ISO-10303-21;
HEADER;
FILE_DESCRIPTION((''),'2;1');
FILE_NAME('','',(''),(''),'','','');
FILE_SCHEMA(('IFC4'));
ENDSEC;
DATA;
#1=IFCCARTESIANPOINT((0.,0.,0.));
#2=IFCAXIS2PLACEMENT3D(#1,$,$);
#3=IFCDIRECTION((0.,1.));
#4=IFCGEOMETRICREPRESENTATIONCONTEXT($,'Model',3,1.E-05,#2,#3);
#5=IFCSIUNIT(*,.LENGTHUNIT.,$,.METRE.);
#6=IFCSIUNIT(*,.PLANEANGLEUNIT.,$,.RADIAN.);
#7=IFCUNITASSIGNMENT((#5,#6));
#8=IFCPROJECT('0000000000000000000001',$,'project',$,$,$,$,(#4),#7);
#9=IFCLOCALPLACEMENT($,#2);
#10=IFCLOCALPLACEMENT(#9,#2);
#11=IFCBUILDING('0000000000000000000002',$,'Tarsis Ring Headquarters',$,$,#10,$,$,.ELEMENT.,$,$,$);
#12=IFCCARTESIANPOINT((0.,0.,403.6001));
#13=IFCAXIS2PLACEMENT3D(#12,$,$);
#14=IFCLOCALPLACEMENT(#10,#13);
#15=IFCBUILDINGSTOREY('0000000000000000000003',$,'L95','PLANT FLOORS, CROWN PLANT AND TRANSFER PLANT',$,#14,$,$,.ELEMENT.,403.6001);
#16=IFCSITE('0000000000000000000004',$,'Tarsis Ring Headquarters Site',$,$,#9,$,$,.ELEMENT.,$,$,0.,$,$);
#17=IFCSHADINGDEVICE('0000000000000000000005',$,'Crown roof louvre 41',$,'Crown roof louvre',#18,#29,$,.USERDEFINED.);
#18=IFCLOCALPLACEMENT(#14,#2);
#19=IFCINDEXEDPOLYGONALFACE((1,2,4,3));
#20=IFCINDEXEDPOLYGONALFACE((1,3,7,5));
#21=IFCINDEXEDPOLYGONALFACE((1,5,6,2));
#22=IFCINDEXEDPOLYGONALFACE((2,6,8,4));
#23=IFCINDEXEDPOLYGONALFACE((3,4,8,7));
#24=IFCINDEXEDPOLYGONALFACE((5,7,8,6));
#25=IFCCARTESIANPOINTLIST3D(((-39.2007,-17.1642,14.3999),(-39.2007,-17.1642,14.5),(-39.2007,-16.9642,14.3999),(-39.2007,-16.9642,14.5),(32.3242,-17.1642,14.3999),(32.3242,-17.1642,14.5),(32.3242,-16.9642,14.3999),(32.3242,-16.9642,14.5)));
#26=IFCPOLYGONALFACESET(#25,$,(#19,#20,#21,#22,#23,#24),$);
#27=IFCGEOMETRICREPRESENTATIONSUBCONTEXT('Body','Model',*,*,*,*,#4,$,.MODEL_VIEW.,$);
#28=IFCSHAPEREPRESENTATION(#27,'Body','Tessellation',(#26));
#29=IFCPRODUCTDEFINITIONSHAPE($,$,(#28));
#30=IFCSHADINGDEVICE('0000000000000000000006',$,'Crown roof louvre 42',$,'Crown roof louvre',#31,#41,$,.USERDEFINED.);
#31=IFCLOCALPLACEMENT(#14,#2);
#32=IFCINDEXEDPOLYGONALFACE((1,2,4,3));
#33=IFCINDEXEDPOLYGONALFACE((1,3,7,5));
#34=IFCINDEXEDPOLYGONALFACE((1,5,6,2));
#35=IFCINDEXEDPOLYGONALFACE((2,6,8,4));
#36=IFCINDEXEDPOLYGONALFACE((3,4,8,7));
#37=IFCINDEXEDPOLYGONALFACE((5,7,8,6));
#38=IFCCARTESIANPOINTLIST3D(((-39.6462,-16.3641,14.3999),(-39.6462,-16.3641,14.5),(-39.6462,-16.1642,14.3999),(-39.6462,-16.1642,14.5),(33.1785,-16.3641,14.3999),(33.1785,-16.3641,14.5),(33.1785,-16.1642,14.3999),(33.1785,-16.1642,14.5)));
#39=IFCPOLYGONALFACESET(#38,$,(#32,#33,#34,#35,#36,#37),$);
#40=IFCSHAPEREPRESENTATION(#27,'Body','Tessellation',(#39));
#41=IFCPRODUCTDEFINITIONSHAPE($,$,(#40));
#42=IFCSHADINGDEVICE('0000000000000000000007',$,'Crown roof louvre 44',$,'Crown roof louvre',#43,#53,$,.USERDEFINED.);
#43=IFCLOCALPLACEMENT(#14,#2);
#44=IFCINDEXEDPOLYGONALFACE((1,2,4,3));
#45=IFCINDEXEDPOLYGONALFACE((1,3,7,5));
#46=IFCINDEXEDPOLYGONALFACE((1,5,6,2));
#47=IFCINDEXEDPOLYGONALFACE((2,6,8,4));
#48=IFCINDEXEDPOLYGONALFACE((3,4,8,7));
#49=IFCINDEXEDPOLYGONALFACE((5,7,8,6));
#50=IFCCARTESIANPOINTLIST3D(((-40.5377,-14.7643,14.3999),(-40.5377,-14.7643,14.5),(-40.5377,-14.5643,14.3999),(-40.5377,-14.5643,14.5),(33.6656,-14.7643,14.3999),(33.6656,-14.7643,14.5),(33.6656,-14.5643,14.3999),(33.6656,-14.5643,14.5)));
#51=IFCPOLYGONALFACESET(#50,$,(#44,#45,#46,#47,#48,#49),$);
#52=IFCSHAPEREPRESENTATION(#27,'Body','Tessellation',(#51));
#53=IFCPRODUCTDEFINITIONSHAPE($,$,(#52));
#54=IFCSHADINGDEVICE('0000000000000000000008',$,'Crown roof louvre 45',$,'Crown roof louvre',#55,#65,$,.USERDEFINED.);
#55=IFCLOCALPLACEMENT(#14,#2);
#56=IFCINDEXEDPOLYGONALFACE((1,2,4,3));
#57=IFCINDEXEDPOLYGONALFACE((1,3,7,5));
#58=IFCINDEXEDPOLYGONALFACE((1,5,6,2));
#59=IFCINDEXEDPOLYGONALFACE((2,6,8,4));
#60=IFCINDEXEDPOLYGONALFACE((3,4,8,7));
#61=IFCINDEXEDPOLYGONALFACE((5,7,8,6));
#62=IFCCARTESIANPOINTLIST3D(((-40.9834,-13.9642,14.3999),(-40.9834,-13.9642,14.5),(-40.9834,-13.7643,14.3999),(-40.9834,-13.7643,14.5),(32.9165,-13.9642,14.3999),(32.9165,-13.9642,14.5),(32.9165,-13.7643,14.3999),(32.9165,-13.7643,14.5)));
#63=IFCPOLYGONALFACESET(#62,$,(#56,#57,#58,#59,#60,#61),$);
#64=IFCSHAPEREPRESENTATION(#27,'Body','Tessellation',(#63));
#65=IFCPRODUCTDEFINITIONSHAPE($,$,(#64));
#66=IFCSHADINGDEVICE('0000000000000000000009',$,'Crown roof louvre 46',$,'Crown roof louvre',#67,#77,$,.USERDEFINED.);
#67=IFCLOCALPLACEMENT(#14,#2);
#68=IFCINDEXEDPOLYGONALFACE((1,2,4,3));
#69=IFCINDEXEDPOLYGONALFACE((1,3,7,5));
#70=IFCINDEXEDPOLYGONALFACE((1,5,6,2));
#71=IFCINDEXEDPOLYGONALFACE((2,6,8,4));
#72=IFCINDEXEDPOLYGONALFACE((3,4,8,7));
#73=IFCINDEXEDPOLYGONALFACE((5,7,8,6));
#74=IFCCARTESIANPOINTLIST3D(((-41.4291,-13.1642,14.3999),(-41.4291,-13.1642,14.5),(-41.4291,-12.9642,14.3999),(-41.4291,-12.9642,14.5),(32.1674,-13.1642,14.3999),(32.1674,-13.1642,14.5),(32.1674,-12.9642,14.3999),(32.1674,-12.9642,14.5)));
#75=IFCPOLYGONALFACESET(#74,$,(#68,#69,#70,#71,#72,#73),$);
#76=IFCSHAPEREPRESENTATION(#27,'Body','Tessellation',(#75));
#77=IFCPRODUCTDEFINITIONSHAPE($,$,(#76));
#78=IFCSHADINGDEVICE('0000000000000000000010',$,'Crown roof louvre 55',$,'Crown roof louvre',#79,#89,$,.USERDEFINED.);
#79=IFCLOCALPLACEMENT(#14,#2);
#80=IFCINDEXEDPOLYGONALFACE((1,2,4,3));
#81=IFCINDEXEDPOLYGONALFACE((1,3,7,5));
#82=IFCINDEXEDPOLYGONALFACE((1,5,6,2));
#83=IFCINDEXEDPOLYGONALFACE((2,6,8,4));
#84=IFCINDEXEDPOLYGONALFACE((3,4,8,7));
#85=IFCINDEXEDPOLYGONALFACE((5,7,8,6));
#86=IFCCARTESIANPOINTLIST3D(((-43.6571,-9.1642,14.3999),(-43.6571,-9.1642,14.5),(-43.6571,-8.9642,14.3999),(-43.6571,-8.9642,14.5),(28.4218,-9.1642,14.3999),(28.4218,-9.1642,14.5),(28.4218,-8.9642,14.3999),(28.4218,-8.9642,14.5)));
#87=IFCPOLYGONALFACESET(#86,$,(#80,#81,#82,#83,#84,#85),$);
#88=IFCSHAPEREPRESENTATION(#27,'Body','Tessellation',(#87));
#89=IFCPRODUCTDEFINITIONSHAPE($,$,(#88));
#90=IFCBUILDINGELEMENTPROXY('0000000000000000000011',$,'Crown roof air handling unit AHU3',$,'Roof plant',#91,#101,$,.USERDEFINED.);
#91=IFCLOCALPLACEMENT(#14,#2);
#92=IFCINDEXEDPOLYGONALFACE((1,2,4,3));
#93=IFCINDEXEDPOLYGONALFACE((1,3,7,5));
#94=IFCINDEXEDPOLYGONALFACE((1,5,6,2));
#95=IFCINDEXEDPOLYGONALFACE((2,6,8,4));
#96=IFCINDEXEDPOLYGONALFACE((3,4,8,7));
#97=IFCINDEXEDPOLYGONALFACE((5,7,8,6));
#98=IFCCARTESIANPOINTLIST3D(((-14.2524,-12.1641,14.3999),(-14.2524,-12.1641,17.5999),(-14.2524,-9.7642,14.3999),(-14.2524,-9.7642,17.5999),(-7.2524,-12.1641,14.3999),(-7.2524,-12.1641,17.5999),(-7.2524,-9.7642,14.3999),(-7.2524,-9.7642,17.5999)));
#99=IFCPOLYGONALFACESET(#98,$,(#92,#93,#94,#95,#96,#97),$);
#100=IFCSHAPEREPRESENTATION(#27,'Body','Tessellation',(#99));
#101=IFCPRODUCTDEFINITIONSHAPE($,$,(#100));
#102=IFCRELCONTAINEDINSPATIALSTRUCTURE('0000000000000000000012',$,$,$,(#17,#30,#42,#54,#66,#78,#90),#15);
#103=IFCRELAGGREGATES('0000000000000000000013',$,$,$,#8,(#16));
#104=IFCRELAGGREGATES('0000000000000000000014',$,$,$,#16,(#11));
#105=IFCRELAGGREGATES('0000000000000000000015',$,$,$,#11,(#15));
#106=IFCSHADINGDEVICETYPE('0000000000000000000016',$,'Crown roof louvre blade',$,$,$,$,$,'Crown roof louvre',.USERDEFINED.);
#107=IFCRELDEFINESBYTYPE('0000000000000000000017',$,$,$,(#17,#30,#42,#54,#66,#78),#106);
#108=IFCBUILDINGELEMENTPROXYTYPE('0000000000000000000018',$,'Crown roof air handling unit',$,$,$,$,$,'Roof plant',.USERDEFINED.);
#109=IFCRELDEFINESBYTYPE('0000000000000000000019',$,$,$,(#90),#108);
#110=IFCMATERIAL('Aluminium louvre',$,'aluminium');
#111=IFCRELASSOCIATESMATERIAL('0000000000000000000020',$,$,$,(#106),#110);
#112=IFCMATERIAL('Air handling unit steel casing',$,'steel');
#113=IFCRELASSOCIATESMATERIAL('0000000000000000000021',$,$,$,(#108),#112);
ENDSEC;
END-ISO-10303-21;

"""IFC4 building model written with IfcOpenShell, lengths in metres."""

from ifc_helpers import new_model, si_unit, direction, frame, origin, origin_2d, place, context, subcontext, project, spatial, rectangle, extrude, material, type_object, element, save


model = new_model("IFC4")

# Units and contexts
model_context = context("Model", 3, precision=1e-05, world=origin(), true_north=direction((0.0, 1.0)))
body_context = subcontext(model_context, "Body", "Model", "MODEL_VIEW")
ifc_project = project(units=[si_unit("LENGTHUNIT", "METRE"), si_unit("PLANEANGLEUNIT", "RADIAN")], contexts=[model_context])

# Site, building, storey
site_placement = place(None, origin())
site = spatial("IfcSite", under=ifc_project, at=site_placement, Name="Tarsis Ring Headquarters Site", CompositionType="ELEMENT", RefElevation=0.0)
building_placement = place(site_placement, origin())
building = spatial("IfcBuilding", under=site, at=building_placement, Name="Tarsis Ring Headquarters", CompositionType="ELEMENT")
storey_placement = place(building_placement, frame((0.0, 0.0, 403.6001)))
storey = spatial("IfcBuildingStorey", under=building, at=storey_placement, Name="L95", Description="PLANT FLOORS, CROWN PLANT AND TRANSFER PLANT", CompositionType="ELEMENT", Elevation=403.6001)

# Shading devices
ifc_material_1 = material(Name="Aluminium louvre", Category="aluminium")
shading_device_type = type_object("IfcShadingDeviceType", Name="Crown roof louvre blade", ElementType="Crown roof louvre", PredefinedType="USERDEFINED", material=ifc_material_1)
shading_device_1_placement = place(storey_placement, frame((-3.4382, -17.0642, 14.3999), z_axis=(0.0, 0.0, 1.0), x_axis=(1.0, 0.0, 0.0)))
element("IfcShadingDevice", 1, at=shading_device_1_placement, inside=storey, type_object=shading_device_type, Name="Crown roof louvre 41", ObjectType="Crown roof louvre", PredefinedType="USERDEFINED", context=body_context, shape_type="SweptSolid", body=[
    extrude(rectangle(XDim=71.5249, YDim=0.2, at=origin_2d()), origin(), (0.0, 0.0, 1.0), 0.1001),
])
shading_device_2_placement = place(storey_placement, frame((-3.2339, -16.2642, 14.3999), z_axis=(0.0, 0.0, 1.0), x_axis=(1.0, 0.0, 0.0)))
element("IfcShadingDevice", 2, at=shading_device_2_placement, inside=storey, type_object=shading_device_type, Name="Crown roof louvre 42", ObjectType="Crown roof louvre", PredefinedType="USERDEFINED", context=body_context, shape_type="SweptSolid", body=[
    extrude(rectangle(XDim=72.8247, YDim=0.2, at=origin_2d()), origin(), (0.0, 0.0, 1.0), 0.1001),
])
shading_device_3_placement = place(storey_placement, frame((-3.436, -14.6643, 14.3999), z_axis=(0.0, 0.0, 1.0), x_axis=(1.0, 0.0, 0.0)))
element("IfcShadingDevice", 3, at=shading_device_3_placement, inside=storey, type_object=shading_device_type, Name="Crown roof louvre 44", ObjectType="Crown roof louvre", PredefinedType="USERDEFINED", context=body_context, shape_type="SweptSolid", body=[
    extrude(rectangle(XDim=74.2034, YDim=0.2, at=origin_2d()), origin(), (0.0, 0.0, 1.0), 0.1001),
])
shading_device_4_placement = place(storey_placement, frame((-4.0334, -13.8643, 14.3999), z_axis=(0.0, 0.0, 1.0), x_axis=(1.0, 0.0, 0.0)))
element("IfcShadingDevice", 4, at=shading_device_4_placement, inside=storey, type_object=shading_device_type, Name="Crown roof louvre 45", ObjectType="Crown roof louvre", PredefinedType="USERDEFINED", context=body_context, shape_type="SweptSolid", body=[
    extrude(rectangle(XDim=73.8999, YDim=0.2, at=origin_2d()), origin(), (0.0, 0.0, 1.0), 0.1001),
])
shading_device_5_placement = place(storey_placement, frame((-4.6309, -13.0642, 14.3999), z_axis=(0.0, 0.0, 1.0), x_axis=(1.0, 0.0, 0.0)))
element("IfcShadingDevice", 5, at=shading_device_5_placement, inside=storey, type_object=shading_device_type, Name="Crown roof louvre 46", ObjectType="Crown roof louvre", PredefinedType="USERDEFINED", context=body_context, shape_type="SweptSolid", body=[
    extrude(rectangle(XDim=73.5964, YDim=0.2, at=origin_2d()), origin(), (0.0, 0.0, 1.0), 0.1001),
])
shading_device_6_placement = place(storey_placement, frame((-7.6177, -9.0642, 14.3999), z_axis=(0.0, 0.0, 1.0), x_axis=(1.0, 0.0, 0.0)))
element("IfcShadingDevice", 6, at=shading_device_6_placement, inside=storey, type_object=shading_device_type, Name="Crown roof louvre 55", ObjectType="Crown roof louvre", PredefinedType="USERDEFINED", context=body_context, shape_type="SweptSolid", body=[
    extrude(rectangle(XDim=72.0789, YDim=0.2, at=origin_2d()), origin(), (0.0, 0.0, 1.0), 0.1001),
])

# Building element proxy
ifc_material_2 = material(Name="Air handling unit steel casing", Category="steel")
building_element_proxy_type = type_object("IfcBuildingElementProxyType", Name="Crown roof air handling unit", ElementType="Roof plant", PredefinedType="USERDEFINED", material=ifc_material_2)
proxy_placement = place(storey_placement, frame((-10.7524, -10.9641, 14.3999), z_axis=(0.0, 0.0, 1.0), x_axis=(1.0, 0.0, 0.0)))
element("IfcBuildingElementProxy", 7, at=proxy_placement, inside=storey, type_object=building_element_proxy_type, Name="Crown roof air handling unit AHU3", ObjectType="Roof plant", PredefinedType="USERDEFINED", context=body_context, shape_type="SweptSolid", body=[
    extrude(rectangle(XDim=7.0, YDim=2.3999, at=origin_2d()), origin(), (0.0, 0.0, 1.0), 3.2),
])

save(model, "model.ifc")
